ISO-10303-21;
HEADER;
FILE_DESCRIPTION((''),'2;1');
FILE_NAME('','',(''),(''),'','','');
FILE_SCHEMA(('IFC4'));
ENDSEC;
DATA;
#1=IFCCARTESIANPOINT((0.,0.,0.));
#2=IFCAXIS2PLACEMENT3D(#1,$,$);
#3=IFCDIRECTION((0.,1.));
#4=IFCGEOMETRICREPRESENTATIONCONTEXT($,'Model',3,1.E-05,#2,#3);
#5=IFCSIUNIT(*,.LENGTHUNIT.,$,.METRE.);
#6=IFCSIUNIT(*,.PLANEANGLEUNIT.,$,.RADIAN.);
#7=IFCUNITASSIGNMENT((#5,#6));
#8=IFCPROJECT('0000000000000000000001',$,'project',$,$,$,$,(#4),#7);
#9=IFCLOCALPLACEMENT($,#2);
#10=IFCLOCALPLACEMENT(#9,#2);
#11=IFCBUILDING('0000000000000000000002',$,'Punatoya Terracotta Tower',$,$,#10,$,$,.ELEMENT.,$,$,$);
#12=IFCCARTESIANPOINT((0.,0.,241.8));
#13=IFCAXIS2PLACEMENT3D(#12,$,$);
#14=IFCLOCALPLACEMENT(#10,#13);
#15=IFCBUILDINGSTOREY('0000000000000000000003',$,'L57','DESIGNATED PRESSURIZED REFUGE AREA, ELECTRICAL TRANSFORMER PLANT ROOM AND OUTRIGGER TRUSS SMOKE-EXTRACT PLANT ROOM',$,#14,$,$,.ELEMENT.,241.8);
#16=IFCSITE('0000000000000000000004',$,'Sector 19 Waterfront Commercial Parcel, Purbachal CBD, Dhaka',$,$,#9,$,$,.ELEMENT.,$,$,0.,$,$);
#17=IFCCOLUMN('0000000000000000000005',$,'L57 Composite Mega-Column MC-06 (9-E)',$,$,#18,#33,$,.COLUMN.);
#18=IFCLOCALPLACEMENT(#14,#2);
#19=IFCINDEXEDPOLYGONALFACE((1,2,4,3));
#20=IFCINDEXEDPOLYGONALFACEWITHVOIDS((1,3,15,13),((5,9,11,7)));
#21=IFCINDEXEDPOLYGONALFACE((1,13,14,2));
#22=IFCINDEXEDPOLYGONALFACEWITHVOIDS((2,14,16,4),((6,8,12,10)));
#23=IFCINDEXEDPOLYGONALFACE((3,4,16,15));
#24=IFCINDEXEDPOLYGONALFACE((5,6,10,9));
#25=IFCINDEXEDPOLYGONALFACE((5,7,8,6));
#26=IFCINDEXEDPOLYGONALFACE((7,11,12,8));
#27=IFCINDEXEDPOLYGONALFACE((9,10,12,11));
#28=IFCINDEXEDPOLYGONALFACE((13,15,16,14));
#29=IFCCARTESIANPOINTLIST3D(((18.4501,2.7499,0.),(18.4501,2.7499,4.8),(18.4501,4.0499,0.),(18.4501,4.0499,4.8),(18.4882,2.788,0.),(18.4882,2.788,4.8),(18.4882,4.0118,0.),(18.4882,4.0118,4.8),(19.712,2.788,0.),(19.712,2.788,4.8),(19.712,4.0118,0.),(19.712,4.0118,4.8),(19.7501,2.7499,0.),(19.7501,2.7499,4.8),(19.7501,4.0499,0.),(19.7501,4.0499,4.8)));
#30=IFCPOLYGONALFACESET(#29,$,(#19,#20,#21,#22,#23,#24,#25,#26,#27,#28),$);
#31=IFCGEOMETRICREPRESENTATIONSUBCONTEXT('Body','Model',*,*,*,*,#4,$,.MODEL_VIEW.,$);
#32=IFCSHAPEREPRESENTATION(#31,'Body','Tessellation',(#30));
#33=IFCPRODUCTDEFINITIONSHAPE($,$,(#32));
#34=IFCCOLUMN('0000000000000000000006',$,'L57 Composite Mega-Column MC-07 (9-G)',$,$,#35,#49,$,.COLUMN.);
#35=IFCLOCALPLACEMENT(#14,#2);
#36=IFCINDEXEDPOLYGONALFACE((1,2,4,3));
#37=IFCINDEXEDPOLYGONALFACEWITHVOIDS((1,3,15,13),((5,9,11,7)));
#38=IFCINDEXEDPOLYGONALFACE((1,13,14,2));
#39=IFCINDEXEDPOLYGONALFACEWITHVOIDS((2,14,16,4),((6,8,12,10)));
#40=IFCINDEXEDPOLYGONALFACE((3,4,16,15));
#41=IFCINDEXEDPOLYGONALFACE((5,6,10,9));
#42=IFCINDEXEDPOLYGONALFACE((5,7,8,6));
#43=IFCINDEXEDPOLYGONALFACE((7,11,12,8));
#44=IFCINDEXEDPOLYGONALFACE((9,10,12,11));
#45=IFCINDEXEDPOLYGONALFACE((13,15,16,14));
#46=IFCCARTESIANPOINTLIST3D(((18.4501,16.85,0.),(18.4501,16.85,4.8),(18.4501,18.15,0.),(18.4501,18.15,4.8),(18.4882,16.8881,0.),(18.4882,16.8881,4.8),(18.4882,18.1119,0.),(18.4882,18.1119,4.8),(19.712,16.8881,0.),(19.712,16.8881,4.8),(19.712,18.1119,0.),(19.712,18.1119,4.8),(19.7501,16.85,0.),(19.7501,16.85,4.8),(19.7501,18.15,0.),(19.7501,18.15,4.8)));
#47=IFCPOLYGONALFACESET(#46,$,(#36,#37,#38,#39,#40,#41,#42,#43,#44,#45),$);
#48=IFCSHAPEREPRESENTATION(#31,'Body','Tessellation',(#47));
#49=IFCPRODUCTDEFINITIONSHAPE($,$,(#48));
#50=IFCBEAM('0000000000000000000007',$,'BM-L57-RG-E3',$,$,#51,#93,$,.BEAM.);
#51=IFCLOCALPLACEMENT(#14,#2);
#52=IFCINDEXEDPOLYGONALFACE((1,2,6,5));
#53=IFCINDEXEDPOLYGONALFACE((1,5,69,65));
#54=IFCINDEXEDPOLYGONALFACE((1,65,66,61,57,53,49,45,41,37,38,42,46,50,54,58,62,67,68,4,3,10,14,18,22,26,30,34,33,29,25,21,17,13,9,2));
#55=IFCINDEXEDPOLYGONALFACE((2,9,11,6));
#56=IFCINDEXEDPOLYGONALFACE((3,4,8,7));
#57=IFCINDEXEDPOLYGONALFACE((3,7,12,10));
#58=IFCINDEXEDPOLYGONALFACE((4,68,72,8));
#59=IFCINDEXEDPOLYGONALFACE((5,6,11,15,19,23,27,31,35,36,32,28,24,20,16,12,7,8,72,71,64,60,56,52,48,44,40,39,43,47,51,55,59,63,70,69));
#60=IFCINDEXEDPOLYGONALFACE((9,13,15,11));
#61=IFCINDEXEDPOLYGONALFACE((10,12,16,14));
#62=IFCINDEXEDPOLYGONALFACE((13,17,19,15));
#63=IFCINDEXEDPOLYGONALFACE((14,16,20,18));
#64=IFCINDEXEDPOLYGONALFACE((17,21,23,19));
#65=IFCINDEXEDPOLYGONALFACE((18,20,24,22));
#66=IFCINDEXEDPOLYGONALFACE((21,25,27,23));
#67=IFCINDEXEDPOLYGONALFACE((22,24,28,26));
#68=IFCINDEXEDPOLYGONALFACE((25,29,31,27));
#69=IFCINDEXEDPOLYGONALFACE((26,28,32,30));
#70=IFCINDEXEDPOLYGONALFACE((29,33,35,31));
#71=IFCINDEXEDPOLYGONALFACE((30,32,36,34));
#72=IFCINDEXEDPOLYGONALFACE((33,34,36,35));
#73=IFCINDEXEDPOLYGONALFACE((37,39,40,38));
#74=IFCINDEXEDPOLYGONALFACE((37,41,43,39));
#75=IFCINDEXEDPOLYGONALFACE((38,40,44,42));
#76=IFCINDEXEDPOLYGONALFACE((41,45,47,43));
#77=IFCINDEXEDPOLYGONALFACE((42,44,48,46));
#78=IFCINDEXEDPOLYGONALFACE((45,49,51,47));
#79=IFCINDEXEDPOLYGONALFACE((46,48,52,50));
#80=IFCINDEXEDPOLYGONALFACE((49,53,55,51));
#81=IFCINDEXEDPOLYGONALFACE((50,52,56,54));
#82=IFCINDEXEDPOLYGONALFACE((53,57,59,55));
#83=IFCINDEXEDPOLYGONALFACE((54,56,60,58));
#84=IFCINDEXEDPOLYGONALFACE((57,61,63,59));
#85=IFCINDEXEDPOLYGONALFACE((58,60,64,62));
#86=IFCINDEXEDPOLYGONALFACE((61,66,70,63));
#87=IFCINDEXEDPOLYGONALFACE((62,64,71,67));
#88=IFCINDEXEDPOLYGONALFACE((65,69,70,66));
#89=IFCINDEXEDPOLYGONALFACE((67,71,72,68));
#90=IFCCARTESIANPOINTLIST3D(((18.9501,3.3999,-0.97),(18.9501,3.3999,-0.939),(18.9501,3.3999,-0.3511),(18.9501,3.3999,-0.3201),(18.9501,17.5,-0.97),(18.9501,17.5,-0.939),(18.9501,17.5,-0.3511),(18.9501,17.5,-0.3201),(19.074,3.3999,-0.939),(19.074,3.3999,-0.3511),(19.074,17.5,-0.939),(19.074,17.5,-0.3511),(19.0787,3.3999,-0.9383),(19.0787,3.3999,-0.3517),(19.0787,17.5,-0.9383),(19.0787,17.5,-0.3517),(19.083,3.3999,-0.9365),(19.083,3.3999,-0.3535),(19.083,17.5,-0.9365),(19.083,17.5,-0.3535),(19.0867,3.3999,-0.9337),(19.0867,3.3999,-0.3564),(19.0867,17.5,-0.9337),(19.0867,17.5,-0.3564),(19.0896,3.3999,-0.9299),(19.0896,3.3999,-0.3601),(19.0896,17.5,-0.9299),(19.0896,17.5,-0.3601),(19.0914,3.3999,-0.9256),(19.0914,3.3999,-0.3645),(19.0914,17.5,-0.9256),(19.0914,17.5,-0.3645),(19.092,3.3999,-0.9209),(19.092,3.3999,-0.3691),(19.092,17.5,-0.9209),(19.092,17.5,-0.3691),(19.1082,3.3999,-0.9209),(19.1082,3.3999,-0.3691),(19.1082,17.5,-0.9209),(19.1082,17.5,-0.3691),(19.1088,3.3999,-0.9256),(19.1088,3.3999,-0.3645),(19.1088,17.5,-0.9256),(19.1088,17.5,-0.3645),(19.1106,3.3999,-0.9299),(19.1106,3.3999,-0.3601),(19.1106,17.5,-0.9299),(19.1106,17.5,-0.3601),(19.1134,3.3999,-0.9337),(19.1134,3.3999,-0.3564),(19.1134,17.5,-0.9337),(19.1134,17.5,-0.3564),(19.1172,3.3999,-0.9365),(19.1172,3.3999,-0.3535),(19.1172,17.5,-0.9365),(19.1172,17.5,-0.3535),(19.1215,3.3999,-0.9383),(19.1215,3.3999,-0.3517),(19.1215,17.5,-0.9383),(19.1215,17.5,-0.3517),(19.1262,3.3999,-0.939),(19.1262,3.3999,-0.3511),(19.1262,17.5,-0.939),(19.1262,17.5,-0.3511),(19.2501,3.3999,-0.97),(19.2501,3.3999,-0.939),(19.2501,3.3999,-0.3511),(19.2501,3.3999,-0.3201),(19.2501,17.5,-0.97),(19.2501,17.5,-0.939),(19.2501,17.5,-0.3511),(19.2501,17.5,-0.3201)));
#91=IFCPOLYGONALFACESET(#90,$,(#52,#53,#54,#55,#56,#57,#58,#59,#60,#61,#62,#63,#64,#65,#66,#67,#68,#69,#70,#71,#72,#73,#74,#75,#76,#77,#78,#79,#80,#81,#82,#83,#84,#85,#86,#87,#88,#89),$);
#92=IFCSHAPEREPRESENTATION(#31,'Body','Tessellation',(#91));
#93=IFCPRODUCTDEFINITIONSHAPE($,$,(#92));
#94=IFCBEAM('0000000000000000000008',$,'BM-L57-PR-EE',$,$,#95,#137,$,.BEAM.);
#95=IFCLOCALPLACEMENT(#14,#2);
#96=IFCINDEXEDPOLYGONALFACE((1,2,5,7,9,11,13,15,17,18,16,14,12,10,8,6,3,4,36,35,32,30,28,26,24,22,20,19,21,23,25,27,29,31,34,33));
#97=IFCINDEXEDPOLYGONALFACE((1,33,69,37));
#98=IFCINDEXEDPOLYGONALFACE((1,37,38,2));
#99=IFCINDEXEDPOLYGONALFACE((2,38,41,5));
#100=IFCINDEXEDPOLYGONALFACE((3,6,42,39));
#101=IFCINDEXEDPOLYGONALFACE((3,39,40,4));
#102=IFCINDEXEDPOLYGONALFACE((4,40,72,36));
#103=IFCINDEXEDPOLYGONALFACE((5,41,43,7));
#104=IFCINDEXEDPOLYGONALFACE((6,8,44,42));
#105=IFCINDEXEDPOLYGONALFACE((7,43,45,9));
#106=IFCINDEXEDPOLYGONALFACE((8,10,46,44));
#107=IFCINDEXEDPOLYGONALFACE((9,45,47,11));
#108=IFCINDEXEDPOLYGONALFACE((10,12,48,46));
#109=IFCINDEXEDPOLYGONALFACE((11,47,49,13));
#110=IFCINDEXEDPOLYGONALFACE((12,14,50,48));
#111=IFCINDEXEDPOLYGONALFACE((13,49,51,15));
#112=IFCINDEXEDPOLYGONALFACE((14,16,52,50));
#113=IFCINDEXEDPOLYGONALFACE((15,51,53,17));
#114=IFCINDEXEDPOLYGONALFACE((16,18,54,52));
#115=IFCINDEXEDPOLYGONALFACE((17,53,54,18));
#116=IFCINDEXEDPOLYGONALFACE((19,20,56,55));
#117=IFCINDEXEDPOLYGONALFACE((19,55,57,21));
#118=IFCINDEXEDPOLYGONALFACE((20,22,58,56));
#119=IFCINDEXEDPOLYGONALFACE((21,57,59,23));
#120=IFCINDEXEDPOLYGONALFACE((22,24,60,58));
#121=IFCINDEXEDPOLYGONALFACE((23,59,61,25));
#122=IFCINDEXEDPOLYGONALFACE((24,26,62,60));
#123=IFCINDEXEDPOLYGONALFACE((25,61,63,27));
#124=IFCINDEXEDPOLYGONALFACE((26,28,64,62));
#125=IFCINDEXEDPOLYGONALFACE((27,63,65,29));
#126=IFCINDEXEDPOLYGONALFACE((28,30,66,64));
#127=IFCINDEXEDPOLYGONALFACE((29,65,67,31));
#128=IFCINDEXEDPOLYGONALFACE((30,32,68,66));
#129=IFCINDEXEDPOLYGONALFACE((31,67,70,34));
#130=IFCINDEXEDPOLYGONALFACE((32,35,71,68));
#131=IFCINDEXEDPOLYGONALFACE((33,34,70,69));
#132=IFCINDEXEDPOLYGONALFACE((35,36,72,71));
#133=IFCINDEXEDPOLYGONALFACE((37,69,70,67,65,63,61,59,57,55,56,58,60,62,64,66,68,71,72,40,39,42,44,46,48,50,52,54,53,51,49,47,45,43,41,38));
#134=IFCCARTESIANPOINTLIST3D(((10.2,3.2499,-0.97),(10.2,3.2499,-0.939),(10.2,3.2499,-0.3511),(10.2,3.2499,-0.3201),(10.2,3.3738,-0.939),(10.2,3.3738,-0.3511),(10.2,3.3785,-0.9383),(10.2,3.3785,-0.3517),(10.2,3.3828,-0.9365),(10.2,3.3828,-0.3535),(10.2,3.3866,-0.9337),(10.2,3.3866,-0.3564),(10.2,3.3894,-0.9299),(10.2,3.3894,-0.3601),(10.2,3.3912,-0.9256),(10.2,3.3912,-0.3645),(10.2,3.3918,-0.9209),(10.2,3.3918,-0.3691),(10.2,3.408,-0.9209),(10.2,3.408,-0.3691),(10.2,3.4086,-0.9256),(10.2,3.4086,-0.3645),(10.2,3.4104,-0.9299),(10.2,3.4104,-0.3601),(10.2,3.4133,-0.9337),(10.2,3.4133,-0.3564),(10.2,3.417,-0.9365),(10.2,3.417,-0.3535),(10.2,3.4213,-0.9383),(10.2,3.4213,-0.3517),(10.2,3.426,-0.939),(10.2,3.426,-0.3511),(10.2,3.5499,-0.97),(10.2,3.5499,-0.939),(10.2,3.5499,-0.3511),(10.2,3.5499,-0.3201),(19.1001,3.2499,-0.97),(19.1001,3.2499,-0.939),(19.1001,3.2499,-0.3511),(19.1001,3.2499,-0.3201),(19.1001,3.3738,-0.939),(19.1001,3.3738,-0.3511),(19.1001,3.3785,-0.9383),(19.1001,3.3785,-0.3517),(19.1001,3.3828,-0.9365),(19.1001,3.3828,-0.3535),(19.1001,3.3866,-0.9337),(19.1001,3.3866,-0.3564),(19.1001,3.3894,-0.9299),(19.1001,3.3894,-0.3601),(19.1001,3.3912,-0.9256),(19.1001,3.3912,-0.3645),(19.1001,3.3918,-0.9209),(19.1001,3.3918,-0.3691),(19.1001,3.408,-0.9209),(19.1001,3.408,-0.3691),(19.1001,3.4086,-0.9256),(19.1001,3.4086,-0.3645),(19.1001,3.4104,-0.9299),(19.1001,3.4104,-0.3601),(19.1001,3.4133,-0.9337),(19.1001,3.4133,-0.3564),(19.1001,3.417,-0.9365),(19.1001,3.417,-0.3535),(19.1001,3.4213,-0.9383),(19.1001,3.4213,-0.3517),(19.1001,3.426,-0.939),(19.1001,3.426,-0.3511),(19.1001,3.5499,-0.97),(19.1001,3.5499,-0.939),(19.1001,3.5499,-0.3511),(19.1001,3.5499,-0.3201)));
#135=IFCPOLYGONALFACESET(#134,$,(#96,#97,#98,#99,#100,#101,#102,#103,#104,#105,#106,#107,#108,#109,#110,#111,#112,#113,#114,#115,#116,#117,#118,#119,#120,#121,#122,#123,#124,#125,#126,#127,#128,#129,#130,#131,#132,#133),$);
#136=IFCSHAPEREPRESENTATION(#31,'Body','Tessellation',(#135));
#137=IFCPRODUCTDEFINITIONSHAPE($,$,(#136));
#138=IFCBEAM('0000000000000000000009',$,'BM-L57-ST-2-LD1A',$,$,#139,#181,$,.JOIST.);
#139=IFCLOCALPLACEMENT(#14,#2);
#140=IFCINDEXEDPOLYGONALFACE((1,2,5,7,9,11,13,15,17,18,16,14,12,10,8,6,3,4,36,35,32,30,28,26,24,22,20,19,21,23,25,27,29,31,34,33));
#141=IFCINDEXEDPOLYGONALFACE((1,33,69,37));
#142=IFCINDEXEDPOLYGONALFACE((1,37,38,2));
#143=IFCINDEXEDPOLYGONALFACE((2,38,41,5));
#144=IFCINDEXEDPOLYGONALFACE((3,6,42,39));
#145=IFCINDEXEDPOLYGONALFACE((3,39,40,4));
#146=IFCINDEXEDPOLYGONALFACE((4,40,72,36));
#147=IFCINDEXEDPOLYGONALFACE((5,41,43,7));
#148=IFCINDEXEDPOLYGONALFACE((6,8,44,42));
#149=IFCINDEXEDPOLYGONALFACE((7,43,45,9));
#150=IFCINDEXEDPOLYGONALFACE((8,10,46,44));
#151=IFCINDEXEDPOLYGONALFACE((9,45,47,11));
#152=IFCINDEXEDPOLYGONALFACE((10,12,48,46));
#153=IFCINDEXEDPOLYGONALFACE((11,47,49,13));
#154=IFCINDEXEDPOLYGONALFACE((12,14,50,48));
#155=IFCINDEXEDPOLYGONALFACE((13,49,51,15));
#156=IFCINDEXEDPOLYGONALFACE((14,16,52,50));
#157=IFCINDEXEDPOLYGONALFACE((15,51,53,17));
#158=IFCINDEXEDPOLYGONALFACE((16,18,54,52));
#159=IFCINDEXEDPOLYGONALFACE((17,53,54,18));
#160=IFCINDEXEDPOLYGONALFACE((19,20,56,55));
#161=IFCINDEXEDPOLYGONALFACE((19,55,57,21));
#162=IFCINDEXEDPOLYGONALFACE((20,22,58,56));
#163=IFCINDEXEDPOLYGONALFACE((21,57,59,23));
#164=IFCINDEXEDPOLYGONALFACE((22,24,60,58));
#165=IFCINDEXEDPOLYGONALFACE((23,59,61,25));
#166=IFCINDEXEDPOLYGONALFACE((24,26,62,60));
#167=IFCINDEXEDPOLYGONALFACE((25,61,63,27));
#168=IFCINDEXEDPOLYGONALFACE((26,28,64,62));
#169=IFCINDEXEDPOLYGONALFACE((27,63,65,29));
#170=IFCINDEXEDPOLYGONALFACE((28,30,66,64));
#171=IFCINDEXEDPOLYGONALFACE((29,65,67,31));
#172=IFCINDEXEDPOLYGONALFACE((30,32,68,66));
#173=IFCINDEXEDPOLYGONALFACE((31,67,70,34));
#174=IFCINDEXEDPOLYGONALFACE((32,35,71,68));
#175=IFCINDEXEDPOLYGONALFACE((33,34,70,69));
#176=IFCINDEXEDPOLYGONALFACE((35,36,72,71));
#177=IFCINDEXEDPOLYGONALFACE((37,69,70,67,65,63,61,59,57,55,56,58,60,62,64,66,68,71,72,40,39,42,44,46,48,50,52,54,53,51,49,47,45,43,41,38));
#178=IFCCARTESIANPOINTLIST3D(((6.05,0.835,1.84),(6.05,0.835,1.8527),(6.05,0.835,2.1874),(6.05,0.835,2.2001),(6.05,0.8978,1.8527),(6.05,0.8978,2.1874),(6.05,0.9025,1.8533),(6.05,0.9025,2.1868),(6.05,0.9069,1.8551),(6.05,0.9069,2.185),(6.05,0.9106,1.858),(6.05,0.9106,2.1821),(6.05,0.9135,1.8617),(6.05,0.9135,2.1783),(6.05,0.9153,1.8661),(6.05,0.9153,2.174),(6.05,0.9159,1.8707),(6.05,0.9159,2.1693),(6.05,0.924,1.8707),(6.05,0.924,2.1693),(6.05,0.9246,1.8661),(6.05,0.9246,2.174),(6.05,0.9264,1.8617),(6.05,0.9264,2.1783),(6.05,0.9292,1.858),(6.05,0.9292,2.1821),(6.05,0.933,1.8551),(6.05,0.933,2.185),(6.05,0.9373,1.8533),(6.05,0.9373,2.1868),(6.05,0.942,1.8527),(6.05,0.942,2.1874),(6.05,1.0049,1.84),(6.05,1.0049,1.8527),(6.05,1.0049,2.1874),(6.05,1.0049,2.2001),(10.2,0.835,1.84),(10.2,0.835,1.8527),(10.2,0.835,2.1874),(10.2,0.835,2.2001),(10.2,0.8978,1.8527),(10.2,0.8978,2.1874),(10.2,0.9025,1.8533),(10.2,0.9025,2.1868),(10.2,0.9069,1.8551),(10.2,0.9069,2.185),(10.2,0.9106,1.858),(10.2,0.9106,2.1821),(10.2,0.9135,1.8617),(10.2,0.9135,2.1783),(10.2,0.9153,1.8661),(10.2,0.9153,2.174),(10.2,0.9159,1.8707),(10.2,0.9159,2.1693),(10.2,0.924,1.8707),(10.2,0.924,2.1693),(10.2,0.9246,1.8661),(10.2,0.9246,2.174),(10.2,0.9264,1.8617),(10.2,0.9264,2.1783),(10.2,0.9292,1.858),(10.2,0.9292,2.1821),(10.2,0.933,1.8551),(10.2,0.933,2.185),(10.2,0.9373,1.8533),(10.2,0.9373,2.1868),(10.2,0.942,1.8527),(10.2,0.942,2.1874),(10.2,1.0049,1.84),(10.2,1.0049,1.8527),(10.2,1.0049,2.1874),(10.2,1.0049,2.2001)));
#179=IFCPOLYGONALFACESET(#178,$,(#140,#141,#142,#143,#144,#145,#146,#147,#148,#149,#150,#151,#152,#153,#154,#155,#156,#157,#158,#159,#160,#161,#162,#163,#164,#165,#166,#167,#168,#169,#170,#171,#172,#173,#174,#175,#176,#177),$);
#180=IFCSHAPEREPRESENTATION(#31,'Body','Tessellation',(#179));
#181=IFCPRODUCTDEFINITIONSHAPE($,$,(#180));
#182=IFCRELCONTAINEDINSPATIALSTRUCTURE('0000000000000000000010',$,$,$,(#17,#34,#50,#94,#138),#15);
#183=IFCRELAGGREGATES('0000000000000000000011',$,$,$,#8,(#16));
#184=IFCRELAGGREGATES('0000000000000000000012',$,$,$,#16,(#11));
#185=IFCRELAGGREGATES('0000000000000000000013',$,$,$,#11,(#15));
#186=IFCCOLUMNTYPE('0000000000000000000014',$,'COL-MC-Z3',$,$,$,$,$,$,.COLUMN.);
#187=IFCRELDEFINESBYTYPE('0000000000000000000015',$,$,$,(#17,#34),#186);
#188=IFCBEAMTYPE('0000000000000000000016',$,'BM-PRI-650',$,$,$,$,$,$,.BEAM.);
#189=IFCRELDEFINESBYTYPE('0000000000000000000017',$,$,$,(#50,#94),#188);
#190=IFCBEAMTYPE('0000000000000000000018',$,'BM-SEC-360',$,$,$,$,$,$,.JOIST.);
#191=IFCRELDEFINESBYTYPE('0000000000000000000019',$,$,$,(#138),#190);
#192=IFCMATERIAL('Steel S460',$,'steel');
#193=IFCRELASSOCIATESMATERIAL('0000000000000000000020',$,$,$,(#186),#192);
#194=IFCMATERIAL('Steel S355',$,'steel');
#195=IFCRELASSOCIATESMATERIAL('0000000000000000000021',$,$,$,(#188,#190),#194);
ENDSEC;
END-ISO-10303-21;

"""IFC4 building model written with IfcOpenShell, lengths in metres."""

from ifc_helpers import new_model, si_unit, direction, frame, origin, origin_2d, place, context, subcontext, project, spatial, hollow_rectangle, i_section, extrude, material, material_profile, profile_set, type_object, element, save


model = new_model("IFC4")

# Units and contexts
model_context = context("Model", 3, precision=1e-05, world=origin(), true_north=direction((0.0, 1.0)))
body_context = subcontext(model_context, "Body", "Model", "MODEL_VIEW")
ifc_project = project(units=[si_unit("LENGTHUNIT", "METRE"), si_unit("PLANEANGLEUNIT", "RADIAN")], contexts=[model_context])

# Site, building, storey
site_placement = place(None, origin())
site = spatial("IfcSite", under=ifc_project, at=site_placement, Name="Sector 19 Waterfront Commercial Parcel, Purbachal CBD, Dhaka", CompositionType="ELEMENT", RefElevation=0.0)
building_placement = place(site_placement, origin())
building = spatial("IfcBuilding", under=site, at=building_placement, Name="Punatoya Terracotta Tower", CompositionType="ELEMENT")
storey_placement = place(building_placement, frame((0.0, 0.0, 241.8)))
storey = spatial("IfcBuildingStorey", under=building, at=storey_placement, Name="L57", Description="DESIGNATED PRESSURIZED REFUGE AREA, ELECTRICAL TRANSFORMER PLANT ROOM AND OUTRIGGER TRUSS SMOKE-EXTRACT PLANT ROOM", CompositionType="ELEMENT", Elevation=241.8)

# Columns
ifc_material_1 = material(Name="Steel S460", Category="steel")
ifc_material_profile_1 = material_profile(ifc_material_1, hollow_rectangle(XDim=1.3, YDim=1.3, WallThickness=0.0381, at=origin_2d()))
ifc_profile_set_1 = profile_set([ifc_material_profile_1], Name="Steel S460")
column_type = type_object("IfcColumnType", Name="COL-MC-Z3", PredefinedType="COLUMN", material=ifc_profile_set_1)
for number, where, z_axis, x_axis, name in (
    (1, (19.1001, 3.3999, 0.0), (0.0, 0.0, 1.0), (1.0, 0.0, 0.0), "L57 Composite Mega-Column MC-06 (9-E)"),
    (2, (19.1001, 17.5, 0.0), (0.0, 0.0, 1.0), (1.0, 0.0, 0.0), "L57 Composite Mega-Column MC-07 (9-G)"),
):
    element("IfcColumn", number, at=place(storey_placement, frame(where, z_axis=z_axis, x_axis=x_axis)), inside=storey, type_object=column_type, Name=name, PredefinedType="COLUMN", context=body_context, shape_type="SweptSolid", body=[
        extrude(hollow_rectangle(XDim=1.3, YDim=1.3, WallThickness=0.0381, at=origin_2d()), origin(), (0.0, 0.0, 1.0), 4.8),
    ])

# Beams
ifc_material_2 = material(Name="Steel S355", Category="steel")
ifc_material_profile_2 = material_profile(ifc_material_2, i_section(OverallWidth=0.3, OverallDepth=0.6499, WebThickness=0.0161, FlangeThickness=0.031, FilletRadius=0.0181, at=origin_2d()))
ifc_profile_set_2 = profile_set([ifc_material_profile_2], Name="Steel S355")
beam_type_1 = type_object("IfcBeamType", Name="BM-PRI-650", PredefinedType="BEAM", material=ifc_profile_set_2)
beam_1_placement = place(storey_placement, frame((19.1001, 3.3999, -0.645), z_axis=(0.0, 1.0, 0.0), x_axis=(-1.0, 0.0, 0.0)))
element("IfcBeam", 3, at=beam_1_placement, inside=storey, type_object=beam_type_1, Name="BM-L57-RG-E3", PredefinedType="BEAM", context=body_context, shape_type="SweptSolid", body=[
    extrude(i_section(OverallWidth=0.3, OverallDepth=0.6499, WebThickness=0.0161, FlangeThickness=0.031, FilletRadius=0.0181, at=origin_2d()), origin(), (0.0, 0.0, 1.0), 14.1001),
])
beam_2_placement = place(storey_placement, frame((10.2, 3.3999, -0.645), z_axis=(1.0, 0.0, 0.0), x_axis=(0.0, 1.0, 0.0)))
element("IfcBeam", 4, at=beam_2_placement, inside=storey, type_object=beam_type_1, Name="BM-L57-PR-EE", PredefinedType="BEAM", context=body_context, shape_type="SweptSolid", body=[
    extrude(i_section(OverallWidth=0.3, OverallDepth=0.6499, WebThickness=0.0161, FlangeThickness=0.031, FilletRadius=0.0181, at=origin_2d()), origin(), (0.0, 0.0, 1.0), 8.9001),
])
ifc_material_profile_3 = material_profile(ifc_material_2, i_section(OverallWidth=0.1699, OverallDepth=0.3601, WebThickness=0.0081, FlangeThickness=0.0127, FilletRadius=0.0181, at=origin_2d()))
ifc_profile_set_3 = profile_set([ifc_material_profile_3], Name="Steel S355")
beam_type_2 = type_object("IfcBeamType", Name="BM-SEC-360", PredefinedType="JOIST", material=ifc_profile_set_3)
for number, where, z_axis, x_axis, name in (
    (5, (6.05, 0.9199, 2.02), (1.0, 0.0, 0.0), (0.0, 1.0, 0.0), "BM-L57-ST-2-LD1A"),
):
    element("IfcBeam", number, at=place(storey_placement, frame(where, z_axis=z_axis, x_axis=x_axis)), inside=storey, type_object=beam_type_2, Name=name, PredefinedType="JOIST", context=body_context, shape_type="SweptSolid", body=[
        extrude(i_section(OverallWidth=0.1699, OverallDepth=0.3601, WebThickness=0.0081, FlangeThickness=0.0127, FilletRadius=0.0181, at=origin_2d()), origin(), (0.0, 0.0, 1.0), 4.1499),
    ])

save(model, "model.ifc")
